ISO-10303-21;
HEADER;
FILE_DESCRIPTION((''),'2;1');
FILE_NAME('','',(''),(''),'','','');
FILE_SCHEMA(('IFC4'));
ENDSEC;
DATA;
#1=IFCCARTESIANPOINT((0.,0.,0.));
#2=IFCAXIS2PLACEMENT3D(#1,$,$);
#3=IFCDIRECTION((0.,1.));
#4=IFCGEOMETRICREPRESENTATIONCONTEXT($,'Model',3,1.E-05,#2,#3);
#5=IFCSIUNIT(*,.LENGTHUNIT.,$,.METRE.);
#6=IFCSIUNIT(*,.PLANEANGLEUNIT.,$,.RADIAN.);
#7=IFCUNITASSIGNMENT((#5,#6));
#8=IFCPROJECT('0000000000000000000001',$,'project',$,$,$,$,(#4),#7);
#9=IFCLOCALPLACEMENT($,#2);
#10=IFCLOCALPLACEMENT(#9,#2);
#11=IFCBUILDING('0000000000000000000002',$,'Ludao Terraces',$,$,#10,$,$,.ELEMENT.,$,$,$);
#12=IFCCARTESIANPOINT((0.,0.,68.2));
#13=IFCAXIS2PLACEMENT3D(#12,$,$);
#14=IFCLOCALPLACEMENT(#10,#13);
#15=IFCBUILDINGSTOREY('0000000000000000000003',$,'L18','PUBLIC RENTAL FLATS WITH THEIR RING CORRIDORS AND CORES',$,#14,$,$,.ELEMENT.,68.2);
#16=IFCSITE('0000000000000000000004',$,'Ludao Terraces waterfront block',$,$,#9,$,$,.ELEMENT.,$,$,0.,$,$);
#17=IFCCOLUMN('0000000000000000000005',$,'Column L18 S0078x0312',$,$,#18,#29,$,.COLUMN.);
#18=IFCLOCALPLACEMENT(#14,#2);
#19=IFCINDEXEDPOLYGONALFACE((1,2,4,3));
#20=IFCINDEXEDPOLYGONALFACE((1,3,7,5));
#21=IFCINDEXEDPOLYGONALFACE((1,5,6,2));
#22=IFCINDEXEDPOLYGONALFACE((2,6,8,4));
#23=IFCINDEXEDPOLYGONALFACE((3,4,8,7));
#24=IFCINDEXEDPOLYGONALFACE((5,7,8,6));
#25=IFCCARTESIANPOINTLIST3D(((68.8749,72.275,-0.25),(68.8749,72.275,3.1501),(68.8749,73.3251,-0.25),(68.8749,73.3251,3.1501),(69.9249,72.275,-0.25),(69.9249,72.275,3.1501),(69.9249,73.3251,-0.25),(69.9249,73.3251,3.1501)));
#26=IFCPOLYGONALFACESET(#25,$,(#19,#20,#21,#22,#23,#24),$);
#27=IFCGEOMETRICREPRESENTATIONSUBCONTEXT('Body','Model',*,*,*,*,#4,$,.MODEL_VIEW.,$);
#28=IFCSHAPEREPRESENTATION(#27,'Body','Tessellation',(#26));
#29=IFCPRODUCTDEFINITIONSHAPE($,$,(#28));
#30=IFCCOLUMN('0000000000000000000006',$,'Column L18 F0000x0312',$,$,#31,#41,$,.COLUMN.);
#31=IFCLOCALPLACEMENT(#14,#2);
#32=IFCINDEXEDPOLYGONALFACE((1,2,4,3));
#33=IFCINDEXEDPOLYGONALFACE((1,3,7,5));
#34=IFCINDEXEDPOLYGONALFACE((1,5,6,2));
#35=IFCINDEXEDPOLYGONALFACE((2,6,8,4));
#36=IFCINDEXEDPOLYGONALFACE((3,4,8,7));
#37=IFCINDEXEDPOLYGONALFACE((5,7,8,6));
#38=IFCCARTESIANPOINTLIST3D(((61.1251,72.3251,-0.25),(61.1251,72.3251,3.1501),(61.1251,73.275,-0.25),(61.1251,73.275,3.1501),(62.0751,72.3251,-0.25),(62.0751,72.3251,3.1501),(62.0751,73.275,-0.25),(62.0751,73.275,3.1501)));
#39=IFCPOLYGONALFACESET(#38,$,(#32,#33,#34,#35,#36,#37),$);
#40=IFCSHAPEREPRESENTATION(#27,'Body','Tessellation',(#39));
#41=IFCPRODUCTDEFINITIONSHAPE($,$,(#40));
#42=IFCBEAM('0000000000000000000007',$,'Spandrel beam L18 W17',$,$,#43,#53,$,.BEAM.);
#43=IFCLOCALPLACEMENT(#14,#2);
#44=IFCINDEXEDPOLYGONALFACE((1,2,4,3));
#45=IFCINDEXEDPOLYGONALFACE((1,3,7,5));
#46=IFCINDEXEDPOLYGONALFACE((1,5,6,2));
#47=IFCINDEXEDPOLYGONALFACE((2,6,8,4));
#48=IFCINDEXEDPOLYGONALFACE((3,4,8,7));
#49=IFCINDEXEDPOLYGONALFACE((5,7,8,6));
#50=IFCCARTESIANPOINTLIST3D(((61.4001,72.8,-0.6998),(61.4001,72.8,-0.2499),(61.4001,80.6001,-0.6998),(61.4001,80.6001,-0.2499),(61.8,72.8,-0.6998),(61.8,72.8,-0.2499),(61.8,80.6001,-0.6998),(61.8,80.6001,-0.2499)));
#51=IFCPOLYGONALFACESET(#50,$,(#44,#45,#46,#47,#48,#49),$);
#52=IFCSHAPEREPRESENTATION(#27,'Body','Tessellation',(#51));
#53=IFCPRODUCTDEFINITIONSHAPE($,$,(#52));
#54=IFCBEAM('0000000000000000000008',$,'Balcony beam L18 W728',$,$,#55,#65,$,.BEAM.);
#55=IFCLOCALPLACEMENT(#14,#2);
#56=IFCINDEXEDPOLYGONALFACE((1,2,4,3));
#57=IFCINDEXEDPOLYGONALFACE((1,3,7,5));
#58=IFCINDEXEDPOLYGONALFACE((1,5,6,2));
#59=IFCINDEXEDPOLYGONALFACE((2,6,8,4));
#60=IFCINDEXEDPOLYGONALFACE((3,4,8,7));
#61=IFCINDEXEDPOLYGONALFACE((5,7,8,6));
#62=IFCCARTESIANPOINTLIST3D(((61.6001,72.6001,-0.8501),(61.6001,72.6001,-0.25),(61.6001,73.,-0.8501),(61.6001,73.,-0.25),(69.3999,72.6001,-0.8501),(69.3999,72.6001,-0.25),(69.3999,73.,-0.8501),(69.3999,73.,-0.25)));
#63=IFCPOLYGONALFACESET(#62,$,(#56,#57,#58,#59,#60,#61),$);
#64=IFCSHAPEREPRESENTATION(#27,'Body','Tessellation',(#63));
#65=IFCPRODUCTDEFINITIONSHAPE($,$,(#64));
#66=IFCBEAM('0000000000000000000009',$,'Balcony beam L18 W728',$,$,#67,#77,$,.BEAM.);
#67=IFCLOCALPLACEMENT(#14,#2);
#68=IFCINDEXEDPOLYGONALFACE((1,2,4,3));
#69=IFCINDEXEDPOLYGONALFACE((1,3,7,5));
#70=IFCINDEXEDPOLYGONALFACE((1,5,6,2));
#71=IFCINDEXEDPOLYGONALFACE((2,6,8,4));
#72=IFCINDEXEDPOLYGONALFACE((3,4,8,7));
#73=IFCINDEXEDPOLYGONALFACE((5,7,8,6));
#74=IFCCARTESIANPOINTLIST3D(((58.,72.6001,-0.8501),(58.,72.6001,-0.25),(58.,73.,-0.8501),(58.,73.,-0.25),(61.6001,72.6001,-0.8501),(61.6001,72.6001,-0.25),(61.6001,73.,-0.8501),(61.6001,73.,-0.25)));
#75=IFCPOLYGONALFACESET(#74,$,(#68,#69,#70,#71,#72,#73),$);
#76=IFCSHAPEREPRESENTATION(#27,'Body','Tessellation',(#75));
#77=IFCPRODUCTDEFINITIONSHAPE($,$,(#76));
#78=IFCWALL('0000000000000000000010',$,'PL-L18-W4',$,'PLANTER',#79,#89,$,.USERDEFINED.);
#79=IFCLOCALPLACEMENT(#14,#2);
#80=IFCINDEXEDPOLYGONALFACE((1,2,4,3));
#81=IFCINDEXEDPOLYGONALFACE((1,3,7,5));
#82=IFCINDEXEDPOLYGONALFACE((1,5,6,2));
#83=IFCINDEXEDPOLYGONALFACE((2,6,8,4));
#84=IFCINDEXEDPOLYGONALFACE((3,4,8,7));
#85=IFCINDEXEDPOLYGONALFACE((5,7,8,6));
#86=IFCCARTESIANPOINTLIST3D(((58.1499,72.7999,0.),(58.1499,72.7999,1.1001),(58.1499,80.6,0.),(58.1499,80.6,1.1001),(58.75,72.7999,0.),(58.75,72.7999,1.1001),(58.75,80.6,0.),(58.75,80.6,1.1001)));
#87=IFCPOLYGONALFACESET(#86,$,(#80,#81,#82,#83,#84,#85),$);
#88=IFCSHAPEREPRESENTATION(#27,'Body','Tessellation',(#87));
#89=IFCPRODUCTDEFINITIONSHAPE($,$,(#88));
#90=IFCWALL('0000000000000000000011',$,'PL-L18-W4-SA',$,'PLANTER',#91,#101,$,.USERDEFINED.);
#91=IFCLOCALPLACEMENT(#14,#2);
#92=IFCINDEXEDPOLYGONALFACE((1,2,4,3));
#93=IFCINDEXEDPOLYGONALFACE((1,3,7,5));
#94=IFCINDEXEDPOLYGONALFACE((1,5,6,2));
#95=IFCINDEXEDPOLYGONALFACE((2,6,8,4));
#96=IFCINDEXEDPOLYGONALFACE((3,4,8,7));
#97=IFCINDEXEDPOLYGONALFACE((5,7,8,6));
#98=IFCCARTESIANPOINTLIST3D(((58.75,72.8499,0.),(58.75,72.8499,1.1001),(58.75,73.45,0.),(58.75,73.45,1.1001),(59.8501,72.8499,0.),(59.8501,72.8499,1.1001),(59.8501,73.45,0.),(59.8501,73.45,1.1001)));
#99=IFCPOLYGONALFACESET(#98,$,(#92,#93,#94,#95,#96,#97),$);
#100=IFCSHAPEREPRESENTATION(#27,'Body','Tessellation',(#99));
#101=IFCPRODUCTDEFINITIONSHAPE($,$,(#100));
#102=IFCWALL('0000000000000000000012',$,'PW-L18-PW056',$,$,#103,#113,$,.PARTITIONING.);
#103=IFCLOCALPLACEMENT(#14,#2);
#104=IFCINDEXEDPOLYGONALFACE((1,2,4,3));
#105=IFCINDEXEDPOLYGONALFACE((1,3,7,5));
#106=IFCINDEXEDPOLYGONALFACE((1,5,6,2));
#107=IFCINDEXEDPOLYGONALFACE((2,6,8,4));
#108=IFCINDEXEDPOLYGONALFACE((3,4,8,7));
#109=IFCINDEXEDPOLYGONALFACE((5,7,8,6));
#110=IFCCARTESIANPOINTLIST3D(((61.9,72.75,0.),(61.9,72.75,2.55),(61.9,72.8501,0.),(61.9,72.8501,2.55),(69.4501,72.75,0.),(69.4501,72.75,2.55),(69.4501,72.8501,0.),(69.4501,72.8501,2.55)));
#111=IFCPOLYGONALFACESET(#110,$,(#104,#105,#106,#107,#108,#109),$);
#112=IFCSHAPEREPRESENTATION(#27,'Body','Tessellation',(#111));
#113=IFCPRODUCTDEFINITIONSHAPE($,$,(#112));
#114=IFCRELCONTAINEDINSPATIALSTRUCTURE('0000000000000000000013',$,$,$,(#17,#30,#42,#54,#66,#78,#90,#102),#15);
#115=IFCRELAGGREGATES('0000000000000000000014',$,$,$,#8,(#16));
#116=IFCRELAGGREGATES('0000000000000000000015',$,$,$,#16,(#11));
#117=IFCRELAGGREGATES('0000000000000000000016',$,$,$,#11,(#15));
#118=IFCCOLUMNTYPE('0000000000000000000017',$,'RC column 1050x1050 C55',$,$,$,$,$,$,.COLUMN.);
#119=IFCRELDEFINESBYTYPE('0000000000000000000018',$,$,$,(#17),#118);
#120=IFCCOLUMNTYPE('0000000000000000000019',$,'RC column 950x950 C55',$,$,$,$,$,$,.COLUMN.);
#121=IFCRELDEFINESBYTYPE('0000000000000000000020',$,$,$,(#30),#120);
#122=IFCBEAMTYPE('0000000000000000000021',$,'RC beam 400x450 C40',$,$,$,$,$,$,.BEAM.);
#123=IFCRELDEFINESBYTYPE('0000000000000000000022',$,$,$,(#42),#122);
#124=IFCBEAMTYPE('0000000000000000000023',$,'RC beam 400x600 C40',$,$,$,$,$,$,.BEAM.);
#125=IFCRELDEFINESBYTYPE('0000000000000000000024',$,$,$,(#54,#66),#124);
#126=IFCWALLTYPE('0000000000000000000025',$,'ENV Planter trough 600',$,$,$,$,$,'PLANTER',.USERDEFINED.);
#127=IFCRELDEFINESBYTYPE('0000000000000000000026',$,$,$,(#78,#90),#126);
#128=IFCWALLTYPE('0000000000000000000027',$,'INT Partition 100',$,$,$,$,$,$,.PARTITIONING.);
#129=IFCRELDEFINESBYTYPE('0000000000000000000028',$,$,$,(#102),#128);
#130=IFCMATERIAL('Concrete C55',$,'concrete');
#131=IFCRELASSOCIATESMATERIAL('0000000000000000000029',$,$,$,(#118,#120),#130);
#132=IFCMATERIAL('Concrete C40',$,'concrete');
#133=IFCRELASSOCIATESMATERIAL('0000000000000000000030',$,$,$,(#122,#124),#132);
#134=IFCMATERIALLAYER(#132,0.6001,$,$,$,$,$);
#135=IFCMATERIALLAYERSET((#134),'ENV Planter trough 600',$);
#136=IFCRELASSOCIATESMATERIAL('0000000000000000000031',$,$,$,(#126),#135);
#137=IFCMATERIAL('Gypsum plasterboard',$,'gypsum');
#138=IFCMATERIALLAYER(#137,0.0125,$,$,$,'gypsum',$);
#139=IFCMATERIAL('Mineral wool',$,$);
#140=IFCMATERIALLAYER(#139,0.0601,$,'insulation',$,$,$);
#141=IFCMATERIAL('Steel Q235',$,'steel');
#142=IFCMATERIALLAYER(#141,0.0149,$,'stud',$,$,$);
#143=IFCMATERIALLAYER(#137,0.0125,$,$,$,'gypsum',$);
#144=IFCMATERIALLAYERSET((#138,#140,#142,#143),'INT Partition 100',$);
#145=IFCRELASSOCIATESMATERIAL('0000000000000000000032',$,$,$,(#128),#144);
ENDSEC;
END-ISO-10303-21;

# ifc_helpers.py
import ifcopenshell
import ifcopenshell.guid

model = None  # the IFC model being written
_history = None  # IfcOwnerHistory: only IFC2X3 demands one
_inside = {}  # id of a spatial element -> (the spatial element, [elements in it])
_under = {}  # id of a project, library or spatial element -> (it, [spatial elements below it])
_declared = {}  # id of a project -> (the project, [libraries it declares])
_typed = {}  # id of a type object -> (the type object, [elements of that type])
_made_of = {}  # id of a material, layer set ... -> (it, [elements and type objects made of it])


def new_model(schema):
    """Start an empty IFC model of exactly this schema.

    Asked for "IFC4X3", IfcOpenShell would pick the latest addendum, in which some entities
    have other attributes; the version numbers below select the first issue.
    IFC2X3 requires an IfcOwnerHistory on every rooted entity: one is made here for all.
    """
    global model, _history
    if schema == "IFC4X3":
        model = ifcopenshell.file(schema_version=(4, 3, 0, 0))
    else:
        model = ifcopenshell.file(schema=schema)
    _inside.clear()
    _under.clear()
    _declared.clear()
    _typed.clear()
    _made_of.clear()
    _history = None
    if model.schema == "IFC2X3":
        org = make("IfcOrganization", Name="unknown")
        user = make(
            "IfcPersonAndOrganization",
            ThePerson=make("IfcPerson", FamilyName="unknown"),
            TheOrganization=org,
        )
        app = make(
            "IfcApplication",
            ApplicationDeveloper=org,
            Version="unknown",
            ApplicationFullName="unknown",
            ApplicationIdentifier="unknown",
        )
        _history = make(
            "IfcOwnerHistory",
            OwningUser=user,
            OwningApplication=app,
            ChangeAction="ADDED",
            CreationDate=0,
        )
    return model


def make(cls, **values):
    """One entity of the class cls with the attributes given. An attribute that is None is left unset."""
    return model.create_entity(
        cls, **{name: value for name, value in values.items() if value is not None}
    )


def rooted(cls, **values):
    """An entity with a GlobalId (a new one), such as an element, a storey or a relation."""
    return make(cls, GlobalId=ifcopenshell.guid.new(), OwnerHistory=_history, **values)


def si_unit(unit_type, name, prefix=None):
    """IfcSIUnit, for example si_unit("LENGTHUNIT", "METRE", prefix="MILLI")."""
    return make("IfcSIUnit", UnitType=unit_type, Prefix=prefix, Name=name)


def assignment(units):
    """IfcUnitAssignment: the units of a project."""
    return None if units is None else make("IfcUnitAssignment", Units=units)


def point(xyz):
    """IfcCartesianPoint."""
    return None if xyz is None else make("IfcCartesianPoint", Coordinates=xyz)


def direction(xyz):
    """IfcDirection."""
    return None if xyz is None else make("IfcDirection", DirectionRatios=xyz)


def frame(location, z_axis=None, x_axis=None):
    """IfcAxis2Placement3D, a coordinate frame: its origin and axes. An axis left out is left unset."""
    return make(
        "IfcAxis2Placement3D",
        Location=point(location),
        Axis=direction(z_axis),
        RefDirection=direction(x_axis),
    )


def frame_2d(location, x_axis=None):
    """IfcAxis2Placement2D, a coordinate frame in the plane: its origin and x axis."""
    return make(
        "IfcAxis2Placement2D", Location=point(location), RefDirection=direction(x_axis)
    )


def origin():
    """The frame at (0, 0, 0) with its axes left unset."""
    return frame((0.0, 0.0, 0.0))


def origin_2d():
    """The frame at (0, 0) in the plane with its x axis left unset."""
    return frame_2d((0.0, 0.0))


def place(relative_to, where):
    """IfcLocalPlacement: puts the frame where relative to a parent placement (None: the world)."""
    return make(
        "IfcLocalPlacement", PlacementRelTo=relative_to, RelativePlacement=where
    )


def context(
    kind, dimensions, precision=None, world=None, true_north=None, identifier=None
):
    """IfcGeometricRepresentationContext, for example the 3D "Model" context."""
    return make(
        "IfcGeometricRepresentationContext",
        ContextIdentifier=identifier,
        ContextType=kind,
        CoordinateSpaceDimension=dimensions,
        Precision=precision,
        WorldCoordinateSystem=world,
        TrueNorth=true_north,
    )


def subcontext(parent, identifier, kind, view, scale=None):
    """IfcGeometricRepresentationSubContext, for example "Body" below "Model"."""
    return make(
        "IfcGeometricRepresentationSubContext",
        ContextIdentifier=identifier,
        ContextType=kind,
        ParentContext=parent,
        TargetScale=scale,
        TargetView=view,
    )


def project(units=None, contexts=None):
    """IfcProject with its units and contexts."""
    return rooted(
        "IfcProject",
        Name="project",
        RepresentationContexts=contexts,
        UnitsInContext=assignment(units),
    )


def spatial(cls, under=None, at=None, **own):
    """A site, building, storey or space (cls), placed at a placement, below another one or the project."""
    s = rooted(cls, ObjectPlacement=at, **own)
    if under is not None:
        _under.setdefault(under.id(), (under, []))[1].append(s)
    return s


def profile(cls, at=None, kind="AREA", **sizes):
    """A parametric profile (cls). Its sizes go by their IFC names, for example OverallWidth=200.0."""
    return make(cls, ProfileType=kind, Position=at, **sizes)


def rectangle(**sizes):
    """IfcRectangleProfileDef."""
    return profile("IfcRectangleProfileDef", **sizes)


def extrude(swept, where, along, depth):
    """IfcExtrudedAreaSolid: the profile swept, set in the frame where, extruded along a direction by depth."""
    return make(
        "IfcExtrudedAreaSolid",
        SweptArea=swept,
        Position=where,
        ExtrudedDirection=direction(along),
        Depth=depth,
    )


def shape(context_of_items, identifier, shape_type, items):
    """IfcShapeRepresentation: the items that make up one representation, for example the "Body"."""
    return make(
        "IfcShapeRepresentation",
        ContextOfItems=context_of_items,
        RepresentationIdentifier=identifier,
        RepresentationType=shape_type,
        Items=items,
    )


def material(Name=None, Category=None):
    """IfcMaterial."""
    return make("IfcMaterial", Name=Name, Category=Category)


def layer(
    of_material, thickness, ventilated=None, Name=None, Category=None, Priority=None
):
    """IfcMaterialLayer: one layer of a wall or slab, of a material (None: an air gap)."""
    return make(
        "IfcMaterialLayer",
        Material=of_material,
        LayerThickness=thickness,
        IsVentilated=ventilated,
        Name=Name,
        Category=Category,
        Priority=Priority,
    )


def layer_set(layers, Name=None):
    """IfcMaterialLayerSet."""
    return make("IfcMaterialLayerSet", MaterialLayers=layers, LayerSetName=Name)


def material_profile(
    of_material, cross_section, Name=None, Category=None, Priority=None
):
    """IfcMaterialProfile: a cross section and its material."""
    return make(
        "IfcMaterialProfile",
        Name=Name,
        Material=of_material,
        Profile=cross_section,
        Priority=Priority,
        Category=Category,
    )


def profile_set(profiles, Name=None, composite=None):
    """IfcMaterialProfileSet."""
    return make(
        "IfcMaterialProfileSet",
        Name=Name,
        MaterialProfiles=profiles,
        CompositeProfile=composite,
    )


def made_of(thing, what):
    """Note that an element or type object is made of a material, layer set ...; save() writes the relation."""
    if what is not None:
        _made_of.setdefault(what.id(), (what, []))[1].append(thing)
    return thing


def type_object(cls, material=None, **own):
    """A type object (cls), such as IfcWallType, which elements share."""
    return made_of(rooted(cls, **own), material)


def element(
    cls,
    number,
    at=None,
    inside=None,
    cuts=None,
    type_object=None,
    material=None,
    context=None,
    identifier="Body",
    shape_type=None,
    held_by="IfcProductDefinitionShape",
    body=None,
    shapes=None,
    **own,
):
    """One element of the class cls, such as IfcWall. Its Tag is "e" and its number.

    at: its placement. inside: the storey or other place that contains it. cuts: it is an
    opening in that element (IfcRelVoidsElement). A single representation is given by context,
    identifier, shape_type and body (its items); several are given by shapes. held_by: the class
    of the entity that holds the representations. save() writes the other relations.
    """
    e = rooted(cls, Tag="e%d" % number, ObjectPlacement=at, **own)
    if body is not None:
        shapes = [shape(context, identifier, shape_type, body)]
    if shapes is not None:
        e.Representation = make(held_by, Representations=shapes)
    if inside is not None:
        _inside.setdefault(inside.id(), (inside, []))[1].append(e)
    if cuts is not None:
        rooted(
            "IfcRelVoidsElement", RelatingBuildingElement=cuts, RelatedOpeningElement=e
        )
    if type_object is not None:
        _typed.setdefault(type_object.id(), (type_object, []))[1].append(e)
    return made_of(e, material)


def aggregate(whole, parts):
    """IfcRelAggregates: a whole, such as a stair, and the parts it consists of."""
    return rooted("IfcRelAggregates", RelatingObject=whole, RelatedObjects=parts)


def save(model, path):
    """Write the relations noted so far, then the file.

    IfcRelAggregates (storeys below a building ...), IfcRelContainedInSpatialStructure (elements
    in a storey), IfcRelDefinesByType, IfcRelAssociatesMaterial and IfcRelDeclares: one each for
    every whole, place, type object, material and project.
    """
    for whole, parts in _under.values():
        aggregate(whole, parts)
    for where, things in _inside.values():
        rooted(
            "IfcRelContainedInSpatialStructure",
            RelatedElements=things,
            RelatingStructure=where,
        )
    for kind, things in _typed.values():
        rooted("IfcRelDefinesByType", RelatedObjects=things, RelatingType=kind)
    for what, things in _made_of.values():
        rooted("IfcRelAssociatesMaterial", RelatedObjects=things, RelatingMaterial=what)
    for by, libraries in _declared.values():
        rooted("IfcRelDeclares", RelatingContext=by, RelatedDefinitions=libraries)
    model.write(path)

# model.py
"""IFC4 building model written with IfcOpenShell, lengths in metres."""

from ifc_helpers import new_model, si_unit, direction, frame, frame_2d, origin, origin_2d, place, context, subcontext, project, spatial, rectangle, extrude, material, layer, layer_set, material_profile, profile_set, type_object, element, save


model = new_model("IFC4")

# Units and contexts
model_context = context("Model", 3, precision=1e-05, world=origin(), true_north=direction((0.0, 1.0)))
body_context = subcontext(model_context, "Body", "Model", "MODEL_VIEW")
ifc_project = project(units=[si_unit("LENGTHUNIT", "METRE"), si_unit("PLANEANGLEUNIT", "RADIAN")], contexts=[model_context])

# Site, building, storey
site_placement = place(None, origin())
site = spatial("IfcSite", under=ifc_project, at=site_placement, Name="Ludao Terraces waterfront block", CompositionType="ELEMENT", RefElevation=0.0)
building_placement = place(site_placement, origin())
building = spatial("IfcBuilding", under=site, at=building_placement, Name="Ludao Terraces", CompositionType="ELEMENT")
storey_placement = place(building_placement, frame((0.0, 0.0, 68.2)))
storey = spatial("IfcBuildingStorey", under=building, at=storey_placement, Name="L18", Description="PUBLIC RENTAL FLATS WITH THEIR RING CORRIDORS AND CORES", CompositionType="ELEMENT", Elevation=68.2)

# Columns
ifc_material_1 = material(Name="Concrete C55", Category="concrete")
ifc_material_profile_1 = material_profile(ifc_material_1, rectangle(XDim=1.05, YDim=1.05, at=origin_2d()), Name="1050 X 1050")
ifc_profile_set_1 = profile_set([ifc_material_profile_1], Name="Concrete C55")
column_type_1 = type_object("IfcColumnType", Name="RC column 1050x1050 C55", PredefinedType="COLUMN", material=ifc_profile_set_1)
column_1_placement = place(storey_placement, frame((69.3999, 72.8, -0.25), z_axis=(0.0, 0.0, 1.0), x_axis=(1.0, 0.0, 0.0)))
element("IfcColumn", 1, at=column_1_placement, inside=storey, type_object=column_type_1, Name="Column L18 S0078x0312", PredefinedType="COLUMN", context=body_context, shape_type="SweptSolid", body=[
    extrude(rectangle(XDim=1.05, YDim=1.05, at=origin_2d()), origin(), (0.0, 0.0, 1.0), 3.4001),
])
ifc_material_profile_2 = material_profile(ifc_material_1, rectangle(XDim=0.95, YDim=0.95, at=origin_2d()), Name="950 X 950")
ifc_profile_set_2 = profile_set([ifc_material_profile_2], Name="Concrete C55")
column_type_2 = type_object("IfcColumnType", Name="RC column 950x950 C55", PredefinedType="COLUMN", material=ifc_profile_set_2)
column_2_placement = place(storey_placement, frame((61.6001, 72.8, -0.25), z_axis=(0.0, 0.0, 1.0), x_axis=(1.0, 0.0, 0.0)))
element("IfcColumn", 2, at=column_2_placement, inside=storey, type_object=column_type_2, Name="Column L18 F0000x0312", PredefinedType="COLUMN", context=body_context, shape_type="SweptSolid", body=[
    extrude(rectangle(XDim=0.95, YDim=0.95, at=origin_2d()), origin(), (0.0, 0.0, 1.0), 3.4001),
])

# Beams
ifc_material_2 = material(Name="Concrete C40", Category="concrete")
ifc_material_profile_3 = material_profile(ifc_material_2, rectangle(XDim=0.3999, YDim=0.45, at=origin_2d()), Name="400 X 450")
ifc_profile_set_3 = profile_set([ifc_material_profile_3], Name="Concrete C40")
beam_type_1 = type_object("IfcBeamType", Name="RC beam 400x450 C40", PredefinedType="BEAM", material=ifc_profile_set_3)
beam_1_placement = place(storey_placement, frame((61.6001, 72.8, -0.4749), z_axis=(0.0, 1.0, 0.0), x_axis=(-1.0, 0.0, 0.0)))
element("IfcBeam", 3, at=beam_1_placement, inside=storey, type_object=beam_type_1, Name="Spandrel beam L18 W17", PredefinedType="BEAM", context=body_context, shape_type="SweptSolid", body=[
    extrude(rectangle(XDim=0.3999, YDim=0.45, at=origin_2d()), origin(), (0.0, 0.0, 1.0), 7.8),
])
ifc_material_profile_4 = material_profile(ifc_material_2, rectangle(XDim=0.3999, YDim=0.6001, at=origin_2d()), Name="400 X 600")
ifc_profile_set_4 = profile_set([ifc_material_profile_4], Name="Concrete C40")
beam_type_2 = type_object("IfcBeamType", Name="RC beam 400x600 C40", PredefinedType="BEAM", material=ifc_profile_set_4)
beam_2_placement = place(storey_placement, frame((69.3999, 72.8, -0.55), z_axis=(-1.0, 0.0, 0.0), x_axis=(0.0, -1.0, 0.0)))
element("IfcBeam", 4, at=beam_2_placement, inside=storey, type_object=beam_type_2, Name="Balcony beam L18 W728", PredefinedType="BEAM", context=body_context, shape_type="SweptSolid", body=[
    extrude(rectangle(XDim=0.3999, YDim=0.6001, at=origin_2d()), origin(), (0.0, 0.0, 1.0), 7.7998),
])
beam_3_placement = place(storey_placement, frame((61.6001, 72.8, -0.55), z_axis=(-1.0, 0.0, 0.0), x_axis=(0.0, -1.0, 0.0)))
element("IfcBeam", 5, at=beam_3_placement, inside=storey, type_object=beam_type_2, Name="Balcony beam L18 W728", PredefinedType="BEAM", context=body_context, shape_type="SweptSolid", body=[
    extrude(rectangle(XDim=0.3999, YDim=0.6001, at=origin_2d()), origin(), (0.0, 0.0, 1.0), 3.6001),
])

# Walls
ifc_layer_1 = layer(ifc_material_2, 0.6001)
ifc_layer_set_1 = layer_set([ifc_layer_1], Name="ENV Planter trough 600")
wall_type_1 = type_object("IfcWallType", Name="ENV Planter trough 600", ElementType="PLANTER", PredefinedType="USERDEFINED", material=ifc_layer_set_1)
wall_1_placement = place(storey_placement, frame((58.45, 72.8, 0.0), z_axis=(0.0, 0.0, 1.0), x_axis=(0.0, 1.0, 0.0)))
element("IfcWall", 6, at=wall_1_placement, inside=storey, type_object=wall_type_1, Name="PL-L18-W4", ObjectType="PLANTER", PredefinedType="USERDEFINED", context=body_context, shape_type="SweptSolid", body=[
    extrude(rectangle(XDim=7.8, YDim=0.6001, at=frame_2d((3.8999, 0.0))), origin(), (0.0, 0.0, 1.0), 1.1001),
])
wall_2_placement = place(storey_placement, frame((58.75, 73.1499, 0.0), z_axis=(0.0, 0.0, 1.0), x_axis=(1.0, 0.0, 0.0)))
element("IfcWall", 7, at=wall_2_placement, inside=storey, type_object=wall_type_1, Name="PL-L18-W4-SA", ObjectType="PLANTER", PredefinedType="USERDEFINED", context=body_context, shape_type="SweptSolid", body=[
    extrude(rectangle(XDim=1.1001, YDim=0.6001, at=frame_2d((0.55, 0.0))), origin(), (0.0, 0.0, 1.0), 1.1001),
])

# Shared definitions
ifc_material_3 = material(Name="Mineral wool")

# Wall
ifc_material_4 = material(Name="Gypsum plasterboard", Category="gypsum")
ifc_layer_2 = layer(ifc_material_4, 0.0125, Category="gypsum")
ifc_layer_3 = layer(ifc_material_3, 0.0601, Name="insulation")
ifc_material_5 = material(Name="Steel Q235", Category="steel")
ifc_layer_4 = layer(ifc_material_5, 0.0149, Name="stud")
ifc_layer_5 = layer(ifc_material_4, 0.0125, Category="gypsum")
ifc_layer_set_2 = layer_set([ifc_layer_2, ifc_layer_3, ifc_layer_4, ifc_layer_5], Name="INT Partition 100")
wall_type_2 = type_object("IfcWallType", Name="INT Partition 100", PredefinedType="PARTITIONING", material=ifc_layer_set_2)
wall_3_placement = place(storey_placement, frame((61.9001, 72.8, 0.0), z_axis=(0.0, 0.0, 1.0), x_axis=(1.0, 0.0, 0.0)))
element("IfcWall", 8, at=wall_3_placement, inside=storey, type_object=wall_type_2, Name="PW-L18-PW056", PredefinedType="PARTITIONING", context=body_context, shape_type="SweptSolid", body=[
    extrude(rectangle(XDim=7.55, YDim=0.1001, at=frame_2d((3.7749, 0.0))), origin(), (0.0, 0.0, 1.0), 2.55),
])

save(model, "model.ifc")
